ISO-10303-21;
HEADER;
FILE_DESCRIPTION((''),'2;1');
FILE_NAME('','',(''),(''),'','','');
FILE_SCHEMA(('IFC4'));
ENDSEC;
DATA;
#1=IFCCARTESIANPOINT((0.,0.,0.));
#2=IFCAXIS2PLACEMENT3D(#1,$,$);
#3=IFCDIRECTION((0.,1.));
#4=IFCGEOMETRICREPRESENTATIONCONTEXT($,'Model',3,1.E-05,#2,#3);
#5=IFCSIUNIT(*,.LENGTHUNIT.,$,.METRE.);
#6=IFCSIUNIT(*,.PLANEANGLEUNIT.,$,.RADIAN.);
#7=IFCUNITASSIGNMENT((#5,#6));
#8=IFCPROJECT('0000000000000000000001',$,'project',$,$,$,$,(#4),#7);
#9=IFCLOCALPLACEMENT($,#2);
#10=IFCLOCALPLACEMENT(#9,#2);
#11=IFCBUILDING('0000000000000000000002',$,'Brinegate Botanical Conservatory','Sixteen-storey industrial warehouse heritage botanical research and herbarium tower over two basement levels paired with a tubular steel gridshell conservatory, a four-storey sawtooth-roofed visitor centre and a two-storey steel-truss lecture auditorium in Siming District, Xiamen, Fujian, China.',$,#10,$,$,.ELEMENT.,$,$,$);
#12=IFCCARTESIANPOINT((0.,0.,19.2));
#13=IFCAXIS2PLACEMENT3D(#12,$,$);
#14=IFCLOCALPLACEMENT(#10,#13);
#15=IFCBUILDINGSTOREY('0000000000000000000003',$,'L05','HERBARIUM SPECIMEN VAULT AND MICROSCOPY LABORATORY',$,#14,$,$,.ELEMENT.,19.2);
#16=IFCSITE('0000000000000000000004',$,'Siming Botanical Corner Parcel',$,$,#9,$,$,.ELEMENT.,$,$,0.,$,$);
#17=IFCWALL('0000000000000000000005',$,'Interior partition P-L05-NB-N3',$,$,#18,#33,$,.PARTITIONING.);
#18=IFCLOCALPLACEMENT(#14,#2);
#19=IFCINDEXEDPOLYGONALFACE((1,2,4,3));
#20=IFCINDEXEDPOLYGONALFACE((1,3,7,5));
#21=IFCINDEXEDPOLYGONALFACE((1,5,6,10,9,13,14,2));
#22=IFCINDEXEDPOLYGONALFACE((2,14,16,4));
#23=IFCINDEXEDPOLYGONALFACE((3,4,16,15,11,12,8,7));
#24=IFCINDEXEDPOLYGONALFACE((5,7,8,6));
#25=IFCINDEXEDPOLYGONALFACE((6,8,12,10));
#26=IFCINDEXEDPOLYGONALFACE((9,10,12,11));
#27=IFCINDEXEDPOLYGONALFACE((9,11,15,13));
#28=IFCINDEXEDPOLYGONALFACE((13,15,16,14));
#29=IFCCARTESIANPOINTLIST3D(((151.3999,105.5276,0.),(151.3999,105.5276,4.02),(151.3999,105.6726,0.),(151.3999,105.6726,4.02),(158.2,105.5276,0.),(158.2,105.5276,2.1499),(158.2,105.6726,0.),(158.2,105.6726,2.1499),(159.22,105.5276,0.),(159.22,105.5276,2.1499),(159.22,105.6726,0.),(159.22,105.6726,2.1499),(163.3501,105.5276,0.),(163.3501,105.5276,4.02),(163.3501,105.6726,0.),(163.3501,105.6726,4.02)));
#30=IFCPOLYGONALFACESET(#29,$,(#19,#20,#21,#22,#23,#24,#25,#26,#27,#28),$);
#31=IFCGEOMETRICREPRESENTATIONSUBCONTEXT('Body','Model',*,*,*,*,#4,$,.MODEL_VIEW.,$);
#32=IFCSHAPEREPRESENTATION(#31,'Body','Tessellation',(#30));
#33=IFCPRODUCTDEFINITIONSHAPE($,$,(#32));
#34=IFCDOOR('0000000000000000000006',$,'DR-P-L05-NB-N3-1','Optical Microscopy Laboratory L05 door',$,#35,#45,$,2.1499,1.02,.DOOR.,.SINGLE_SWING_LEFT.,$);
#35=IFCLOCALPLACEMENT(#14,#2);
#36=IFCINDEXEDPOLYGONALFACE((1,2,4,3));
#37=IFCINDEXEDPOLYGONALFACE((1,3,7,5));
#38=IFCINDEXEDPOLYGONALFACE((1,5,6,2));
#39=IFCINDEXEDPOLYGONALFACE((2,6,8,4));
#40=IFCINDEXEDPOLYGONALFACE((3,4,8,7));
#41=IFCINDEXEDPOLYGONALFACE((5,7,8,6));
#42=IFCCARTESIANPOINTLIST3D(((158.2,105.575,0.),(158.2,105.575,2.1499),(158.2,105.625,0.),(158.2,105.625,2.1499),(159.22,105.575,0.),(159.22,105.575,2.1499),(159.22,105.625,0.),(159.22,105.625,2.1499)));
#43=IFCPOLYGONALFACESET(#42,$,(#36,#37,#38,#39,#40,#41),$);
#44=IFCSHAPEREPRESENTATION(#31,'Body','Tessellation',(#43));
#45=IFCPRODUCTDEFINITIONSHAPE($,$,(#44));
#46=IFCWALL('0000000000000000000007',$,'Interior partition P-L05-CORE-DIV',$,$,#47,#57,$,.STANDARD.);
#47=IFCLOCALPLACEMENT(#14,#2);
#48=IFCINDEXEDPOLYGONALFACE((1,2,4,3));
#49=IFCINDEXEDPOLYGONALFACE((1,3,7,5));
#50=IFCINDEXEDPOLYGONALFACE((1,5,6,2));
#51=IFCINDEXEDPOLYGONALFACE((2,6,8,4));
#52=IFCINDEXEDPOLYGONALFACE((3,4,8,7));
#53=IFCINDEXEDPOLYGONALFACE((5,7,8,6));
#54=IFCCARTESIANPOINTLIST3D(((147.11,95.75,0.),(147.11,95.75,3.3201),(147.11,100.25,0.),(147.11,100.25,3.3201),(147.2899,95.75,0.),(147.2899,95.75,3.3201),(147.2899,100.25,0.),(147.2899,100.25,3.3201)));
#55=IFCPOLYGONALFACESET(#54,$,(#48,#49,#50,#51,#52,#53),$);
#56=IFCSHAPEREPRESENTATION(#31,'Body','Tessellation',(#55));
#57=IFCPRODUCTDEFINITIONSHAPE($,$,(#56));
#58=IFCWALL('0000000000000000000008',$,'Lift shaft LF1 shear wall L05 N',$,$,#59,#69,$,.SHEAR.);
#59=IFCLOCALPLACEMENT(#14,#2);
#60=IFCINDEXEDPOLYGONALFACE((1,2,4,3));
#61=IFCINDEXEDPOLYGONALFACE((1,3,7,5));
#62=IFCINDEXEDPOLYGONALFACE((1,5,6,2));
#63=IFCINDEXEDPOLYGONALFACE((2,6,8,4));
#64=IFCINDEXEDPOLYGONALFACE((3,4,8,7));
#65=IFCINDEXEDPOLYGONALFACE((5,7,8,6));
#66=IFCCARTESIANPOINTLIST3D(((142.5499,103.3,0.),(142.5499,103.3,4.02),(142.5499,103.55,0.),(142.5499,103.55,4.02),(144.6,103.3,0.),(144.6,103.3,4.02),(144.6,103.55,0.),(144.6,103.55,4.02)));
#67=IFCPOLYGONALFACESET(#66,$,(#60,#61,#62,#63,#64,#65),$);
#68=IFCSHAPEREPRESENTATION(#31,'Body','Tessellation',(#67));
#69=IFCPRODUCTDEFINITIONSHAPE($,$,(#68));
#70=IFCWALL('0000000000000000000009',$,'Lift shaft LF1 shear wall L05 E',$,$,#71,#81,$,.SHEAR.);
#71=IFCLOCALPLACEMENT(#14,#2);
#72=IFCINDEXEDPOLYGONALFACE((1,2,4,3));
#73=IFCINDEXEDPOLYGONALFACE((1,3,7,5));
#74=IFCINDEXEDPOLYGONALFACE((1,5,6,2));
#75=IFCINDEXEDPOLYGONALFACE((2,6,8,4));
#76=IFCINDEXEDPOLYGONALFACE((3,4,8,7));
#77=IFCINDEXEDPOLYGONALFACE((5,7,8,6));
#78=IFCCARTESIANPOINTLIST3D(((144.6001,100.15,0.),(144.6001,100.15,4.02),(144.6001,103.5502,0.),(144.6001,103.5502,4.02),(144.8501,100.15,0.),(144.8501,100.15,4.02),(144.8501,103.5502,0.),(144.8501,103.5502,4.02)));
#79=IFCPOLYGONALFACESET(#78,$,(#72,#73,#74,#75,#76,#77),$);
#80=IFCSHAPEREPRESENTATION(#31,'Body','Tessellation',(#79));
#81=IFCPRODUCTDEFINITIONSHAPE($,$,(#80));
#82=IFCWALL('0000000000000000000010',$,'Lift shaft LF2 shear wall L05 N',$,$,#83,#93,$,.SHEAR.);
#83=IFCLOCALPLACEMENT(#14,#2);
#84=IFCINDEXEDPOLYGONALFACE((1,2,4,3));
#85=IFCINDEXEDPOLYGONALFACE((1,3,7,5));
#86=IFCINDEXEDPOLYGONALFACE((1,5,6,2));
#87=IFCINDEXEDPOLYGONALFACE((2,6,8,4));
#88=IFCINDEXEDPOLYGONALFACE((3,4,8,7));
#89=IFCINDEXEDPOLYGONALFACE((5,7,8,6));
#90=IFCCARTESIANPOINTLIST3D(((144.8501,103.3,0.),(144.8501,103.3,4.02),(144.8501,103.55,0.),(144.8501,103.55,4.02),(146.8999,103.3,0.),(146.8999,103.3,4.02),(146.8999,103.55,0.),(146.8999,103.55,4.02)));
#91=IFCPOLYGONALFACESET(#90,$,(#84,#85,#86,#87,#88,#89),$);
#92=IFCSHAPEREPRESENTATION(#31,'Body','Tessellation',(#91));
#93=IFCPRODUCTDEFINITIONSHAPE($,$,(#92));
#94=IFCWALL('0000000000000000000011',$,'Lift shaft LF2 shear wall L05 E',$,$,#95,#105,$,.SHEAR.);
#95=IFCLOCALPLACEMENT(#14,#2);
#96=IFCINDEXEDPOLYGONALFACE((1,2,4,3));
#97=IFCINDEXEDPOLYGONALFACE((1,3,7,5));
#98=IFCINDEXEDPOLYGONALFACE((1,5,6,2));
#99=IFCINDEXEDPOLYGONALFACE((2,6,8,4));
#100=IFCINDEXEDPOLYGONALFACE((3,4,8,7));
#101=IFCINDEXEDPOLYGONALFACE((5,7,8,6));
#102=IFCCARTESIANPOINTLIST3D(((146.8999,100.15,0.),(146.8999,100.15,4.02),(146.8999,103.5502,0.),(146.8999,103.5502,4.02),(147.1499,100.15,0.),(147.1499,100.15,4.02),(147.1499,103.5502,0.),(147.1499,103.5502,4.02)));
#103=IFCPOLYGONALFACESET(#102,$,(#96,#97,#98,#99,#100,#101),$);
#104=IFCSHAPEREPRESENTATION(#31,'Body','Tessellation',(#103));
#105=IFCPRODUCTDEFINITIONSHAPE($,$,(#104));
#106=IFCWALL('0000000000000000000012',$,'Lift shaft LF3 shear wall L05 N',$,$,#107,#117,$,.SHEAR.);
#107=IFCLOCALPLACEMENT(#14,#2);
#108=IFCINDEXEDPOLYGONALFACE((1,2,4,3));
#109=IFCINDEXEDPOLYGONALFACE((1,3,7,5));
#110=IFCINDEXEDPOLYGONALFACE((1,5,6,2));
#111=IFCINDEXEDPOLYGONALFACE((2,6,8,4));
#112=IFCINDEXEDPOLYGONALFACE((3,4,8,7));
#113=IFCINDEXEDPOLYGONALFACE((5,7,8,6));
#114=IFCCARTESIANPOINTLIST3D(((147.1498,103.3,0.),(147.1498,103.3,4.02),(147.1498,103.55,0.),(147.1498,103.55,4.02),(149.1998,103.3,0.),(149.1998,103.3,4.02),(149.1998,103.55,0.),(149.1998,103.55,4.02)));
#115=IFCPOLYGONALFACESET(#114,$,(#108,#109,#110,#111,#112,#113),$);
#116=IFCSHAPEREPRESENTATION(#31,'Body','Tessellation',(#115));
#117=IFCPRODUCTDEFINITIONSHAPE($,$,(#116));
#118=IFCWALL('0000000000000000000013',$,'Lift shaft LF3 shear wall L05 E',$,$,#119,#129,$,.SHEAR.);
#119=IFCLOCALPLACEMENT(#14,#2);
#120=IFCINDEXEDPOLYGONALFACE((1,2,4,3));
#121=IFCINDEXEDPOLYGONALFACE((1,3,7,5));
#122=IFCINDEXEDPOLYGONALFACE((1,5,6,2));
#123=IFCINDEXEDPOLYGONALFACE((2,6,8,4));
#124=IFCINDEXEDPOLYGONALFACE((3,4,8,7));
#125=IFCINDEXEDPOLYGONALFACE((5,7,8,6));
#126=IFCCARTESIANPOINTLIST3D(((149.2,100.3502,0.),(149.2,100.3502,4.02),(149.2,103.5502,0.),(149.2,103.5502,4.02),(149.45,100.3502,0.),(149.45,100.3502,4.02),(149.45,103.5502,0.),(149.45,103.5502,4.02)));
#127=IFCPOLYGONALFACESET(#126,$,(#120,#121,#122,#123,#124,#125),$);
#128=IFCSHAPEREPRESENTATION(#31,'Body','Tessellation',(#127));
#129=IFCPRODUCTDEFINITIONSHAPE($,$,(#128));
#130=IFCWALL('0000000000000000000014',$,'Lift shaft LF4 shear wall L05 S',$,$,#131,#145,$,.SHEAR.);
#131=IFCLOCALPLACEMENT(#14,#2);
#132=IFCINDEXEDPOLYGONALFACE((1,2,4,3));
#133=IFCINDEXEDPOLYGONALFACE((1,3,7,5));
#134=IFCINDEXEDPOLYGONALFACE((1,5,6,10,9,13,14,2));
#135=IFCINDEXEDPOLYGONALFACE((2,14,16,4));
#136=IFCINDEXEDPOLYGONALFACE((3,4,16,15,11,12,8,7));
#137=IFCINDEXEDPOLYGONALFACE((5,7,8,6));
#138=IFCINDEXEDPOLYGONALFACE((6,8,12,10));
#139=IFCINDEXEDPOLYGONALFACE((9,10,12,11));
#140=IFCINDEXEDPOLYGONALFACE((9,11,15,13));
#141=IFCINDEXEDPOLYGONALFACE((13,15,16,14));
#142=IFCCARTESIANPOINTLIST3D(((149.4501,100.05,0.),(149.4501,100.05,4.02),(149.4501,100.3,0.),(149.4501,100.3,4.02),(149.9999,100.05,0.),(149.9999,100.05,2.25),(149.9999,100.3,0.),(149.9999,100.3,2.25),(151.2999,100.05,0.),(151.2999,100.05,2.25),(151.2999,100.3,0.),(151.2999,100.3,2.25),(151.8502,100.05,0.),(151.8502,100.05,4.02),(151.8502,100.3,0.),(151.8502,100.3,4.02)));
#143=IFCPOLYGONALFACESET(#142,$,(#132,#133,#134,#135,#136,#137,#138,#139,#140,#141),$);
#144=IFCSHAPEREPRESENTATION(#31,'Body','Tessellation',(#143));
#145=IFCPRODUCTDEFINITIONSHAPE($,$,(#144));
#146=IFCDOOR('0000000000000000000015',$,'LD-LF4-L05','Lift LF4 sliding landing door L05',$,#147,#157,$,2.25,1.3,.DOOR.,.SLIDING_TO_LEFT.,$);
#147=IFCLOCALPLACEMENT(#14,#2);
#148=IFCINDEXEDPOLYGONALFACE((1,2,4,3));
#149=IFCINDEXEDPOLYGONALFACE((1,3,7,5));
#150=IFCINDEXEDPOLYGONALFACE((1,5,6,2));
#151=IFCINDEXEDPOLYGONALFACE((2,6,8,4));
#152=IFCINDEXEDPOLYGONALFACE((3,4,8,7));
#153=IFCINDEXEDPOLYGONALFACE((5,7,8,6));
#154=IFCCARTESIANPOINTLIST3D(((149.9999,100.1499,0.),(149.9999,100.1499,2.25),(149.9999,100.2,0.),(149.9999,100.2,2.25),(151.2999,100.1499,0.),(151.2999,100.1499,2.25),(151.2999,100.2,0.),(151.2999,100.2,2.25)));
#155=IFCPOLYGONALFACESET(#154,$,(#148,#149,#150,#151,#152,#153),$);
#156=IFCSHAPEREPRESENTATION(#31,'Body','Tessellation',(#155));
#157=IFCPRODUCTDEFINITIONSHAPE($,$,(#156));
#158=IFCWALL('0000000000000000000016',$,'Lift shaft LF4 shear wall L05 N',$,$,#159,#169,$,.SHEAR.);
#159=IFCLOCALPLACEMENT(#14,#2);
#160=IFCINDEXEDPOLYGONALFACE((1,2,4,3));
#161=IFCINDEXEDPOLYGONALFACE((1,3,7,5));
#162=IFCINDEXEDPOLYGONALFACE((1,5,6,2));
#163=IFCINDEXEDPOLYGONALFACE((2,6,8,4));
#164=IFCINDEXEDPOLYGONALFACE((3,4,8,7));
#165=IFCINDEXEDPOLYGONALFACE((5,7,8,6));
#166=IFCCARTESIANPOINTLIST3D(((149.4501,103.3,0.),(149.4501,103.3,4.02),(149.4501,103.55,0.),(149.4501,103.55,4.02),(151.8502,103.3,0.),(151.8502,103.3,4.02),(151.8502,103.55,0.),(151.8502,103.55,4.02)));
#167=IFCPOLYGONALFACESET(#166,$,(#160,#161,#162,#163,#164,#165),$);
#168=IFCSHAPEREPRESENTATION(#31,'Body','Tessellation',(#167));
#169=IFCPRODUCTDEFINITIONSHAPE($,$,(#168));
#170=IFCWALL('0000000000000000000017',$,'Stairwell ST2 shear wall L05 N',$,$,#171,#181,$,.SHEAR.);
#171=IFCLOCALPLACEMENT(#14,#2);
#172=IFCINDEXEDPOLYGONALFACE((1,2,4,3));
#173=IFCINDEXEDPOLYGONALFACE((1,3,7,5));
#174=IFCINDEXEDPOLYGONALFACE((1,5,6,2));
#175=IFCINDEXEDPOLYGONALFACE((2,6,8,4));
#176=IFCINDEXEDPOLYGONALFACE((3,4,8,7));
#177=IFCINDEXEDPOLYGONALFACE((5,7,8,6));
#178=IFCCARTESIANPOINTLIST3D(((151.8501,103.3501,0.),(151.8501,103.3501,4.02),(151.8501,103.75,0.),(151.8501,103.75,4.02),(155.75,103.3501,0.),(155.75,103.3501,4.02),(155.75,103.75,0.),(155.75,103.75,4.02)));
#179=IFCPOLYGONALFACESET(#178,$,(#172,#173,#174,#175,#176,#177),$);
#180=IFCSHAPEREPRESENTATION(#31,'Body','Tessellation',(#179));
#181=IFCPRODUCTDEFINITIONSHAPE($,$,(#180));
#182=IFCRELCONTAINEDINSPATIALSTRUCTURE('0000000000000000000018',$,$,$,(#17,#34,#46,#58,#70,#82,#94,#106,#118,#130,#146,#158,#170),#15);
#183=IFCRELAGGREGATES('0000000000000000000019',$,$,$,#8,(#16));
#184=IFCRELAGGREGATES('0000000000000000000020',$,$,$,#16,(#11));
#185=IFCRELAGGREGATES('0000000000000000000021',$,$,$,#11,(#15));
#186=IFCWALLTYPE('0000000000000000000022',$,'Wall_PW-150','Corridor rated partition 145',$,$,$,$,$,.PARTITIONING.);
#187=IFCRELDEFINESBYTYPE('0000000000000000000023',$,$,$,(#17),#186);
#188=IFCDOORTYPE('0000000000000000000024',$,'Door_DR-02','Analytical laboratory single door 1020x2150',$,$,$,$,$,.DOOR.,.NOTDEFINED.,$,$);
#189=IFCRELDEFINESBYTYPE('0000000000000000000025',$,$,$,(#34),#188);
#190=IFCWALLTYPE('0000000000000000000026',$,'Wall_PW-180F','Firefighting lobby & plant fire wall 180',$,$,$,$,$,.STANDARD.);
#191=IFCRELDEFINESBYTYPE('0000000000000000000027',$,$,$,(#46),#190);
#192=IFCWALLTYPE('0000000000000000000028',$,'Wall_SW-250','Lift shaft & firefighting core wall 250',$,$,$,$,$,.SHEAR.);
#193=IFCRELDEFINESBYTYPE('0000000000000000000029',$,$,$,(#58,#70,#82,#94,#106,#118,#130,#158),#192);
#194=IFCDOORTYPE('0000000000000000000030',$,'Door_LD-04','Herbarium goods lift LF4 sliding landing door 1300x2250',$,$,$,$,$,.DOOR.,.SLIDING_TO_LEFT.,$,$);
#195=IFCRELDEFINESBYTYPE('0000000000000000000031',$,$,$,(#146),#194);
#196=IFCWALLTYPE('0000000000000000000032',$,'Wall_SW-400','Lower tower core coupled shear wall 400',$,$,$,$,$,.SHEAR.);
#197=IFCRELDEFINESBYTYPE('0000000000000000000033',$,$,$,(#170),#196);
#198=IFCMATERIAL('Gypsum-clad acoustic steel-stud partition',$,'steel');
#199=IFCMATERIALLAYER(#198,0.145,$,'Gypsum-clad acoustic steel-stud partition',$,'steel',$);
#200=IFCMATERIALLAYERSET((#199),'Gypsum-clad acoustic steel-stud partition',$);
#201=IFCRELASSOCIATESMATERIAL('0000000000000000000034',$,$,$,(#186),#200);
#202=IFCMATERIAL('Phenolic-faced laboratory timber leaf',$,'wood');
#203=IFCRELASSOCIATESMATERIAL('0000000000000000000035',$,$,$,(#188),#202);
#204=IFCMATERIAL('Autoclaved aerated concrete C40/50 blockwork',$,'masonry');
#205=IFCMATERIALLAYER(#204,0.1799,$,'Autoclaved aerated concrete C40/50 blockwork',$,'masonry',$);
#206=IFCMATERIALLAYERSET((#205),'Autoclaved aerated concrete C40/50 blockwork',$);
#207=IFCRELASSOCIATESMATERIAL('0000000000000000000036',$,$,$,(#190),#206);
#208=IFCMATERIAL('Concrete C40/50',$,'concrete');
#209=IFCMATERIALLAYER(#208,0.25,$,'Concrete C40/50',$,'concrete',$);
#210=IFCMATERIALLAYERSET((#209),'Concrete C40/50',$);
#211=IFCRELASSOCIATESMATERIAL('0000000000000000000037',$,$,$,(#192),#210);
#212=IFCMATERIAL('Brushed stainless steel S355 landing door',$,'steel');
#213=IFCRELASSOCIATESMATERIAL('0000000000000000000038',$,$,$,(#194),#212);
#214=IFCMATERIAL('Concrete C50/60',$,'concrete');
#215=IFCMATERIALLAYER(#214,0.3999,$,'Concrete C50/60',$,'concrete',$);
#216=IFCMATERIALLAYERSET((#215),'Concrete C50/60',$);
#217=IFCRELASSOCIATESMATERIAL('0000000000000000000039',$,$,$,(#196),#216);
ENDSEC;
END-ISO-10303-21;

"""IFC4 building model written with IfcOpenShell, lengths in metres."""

from ifc_helpers import new_model, si_unit, direction, frame, frame_2d, origin, place, context, subcontext, project, spatial, rectangle, extrude, material, layer, layer_set, type_object, element, fill, save


model = new_model("IFC4")

# Units and contexts
model_context = context("Model", 3, precision=1e-05, world=origin(), true_north=direction((0.0, 1.0)))
body_context = subcontext(model_context, "Body", "Model", "MODEL_VIEW")
ifc_project = project(units=[si_unit("LENGTHUNIT", "METRE"), si_unit("PLANEANGLEUNIT", "RADIAN")], contexts=[model_context])

# Site, building, storey
site_placement = place(None, origin())
site = spatial("IfcSite", under=ifc_project, at=site_placement, Name="Siming Botanical Corner Parcel", CompositionType="ELEMENT", RefElevation=0.0)
building_placement = place(site_placement, origin())
building = spatial("IfcBuilding", under=site, at=building_placement, Name="Brinegate Botanical Conservatory", Description="Sixteen-storey industrial warehouse heritage botanical research and herbarium tower over two basement levels paired with a tubular steel gridshell conservatory, a four-storey sawtooth-roofed visitor centre and a two-storey steel-truss lecture auditorium in Siming District, Xiamen, Fujian, China.", CompositionType="ELEMENT")
storey_placement = place(building_placement, frame((0.0, 0.0, 19.2)))
storey = spatial("IfcBuildingStorey", under=building, at=storey_placement, Name="L05", Description="HERBARIUM SPECIMEN VAULT AND MICROSCOPY LABORATORY", CompositionType="ELEMENT", Elevation=19.2)

# Shared definitions
ifc_material_1 = material(Name="Concrete C50/60", Category="concrete")

# Shared definitions
ifc_material_2 = material(Name="Concrete C40/50", Category="concrete")

# Wall, opening, door
ifc_material_3 = material(Name="Gypsum-clad acoustic steel-stud partition", Category="steel")
ifc_layer_1 = layer(ifc_material_3, 0.145, Name="Gypsum-clad acoustic steel-stud partition", Category="steel")
ifc_layer_set_1 = layer_set([ifc_layer_1], Name="Gypsum-clad acoustic steel-stud partition")
wall_type_1 = type_object("IfcWallType", Name="Wall_PW-150", Description="Corridor rated partition 145", PredefinedType="PARTITIONING", material=ifc_layer_set_1)
wall_1_placement = place(storey_placement, frame((151.3999, 105.6001, 0.0), z_axis=(0.0, 0.0, 1.0), x_axis=(1.0, 0.0, 0.0)))
wall_1 = element("IfcWall", 1, at=wall_1_placement, inside=storey, type_object=wall_type_1, Name="Interior partition P-L05-NB-N3", PredefinedType="PARTITIONING", context=body_context, shape_type="SweptSolid", body=[
    extrude(rectangle(XDim=11.9502, YDim=0.145, at=frame_2d((5.9751, 0.0))), origin(), (0.0, 0.0, 1.0), 4.02),
])
opening_1_placement = place(wall_1_placement, frame((6.8, 0.0, 0.0)))
opening_1 = element("IfcOpeningElement", 2, at=opening_1_placement, cuts=wall_1, PredefinedType="OPENING", context=body_context, shape_type="SweptSolid", body=[
    extrude(rectangle(XDim=1.02, YDim=2.1499, at=frame_2d((0.51, 1.075))), frame((0.0, 0.0825, 0.0), z_axis=(0.0, -1.0, 0.0), x_axis=(1.0, 0.0, 0.0)), (0.0, 0.0, 1.0), 0.165),
])
ifc_material_4 = material(Name="Phenolic-faced laboratory timber leaf", Category="wood")
door_type_1 = type_object("IfcDoorType", Name="Door_DR-02", Description="Analytical laboratory single door 1020x2150", OperationType="NOTDEFINED", PredefinedType="DOOR", material=ifc_material_4)
door_1_placement = place(opening_1_placement, origin())
door_1 = element("IfcDoor", 3, at=door_1_placement, inside=storey, type_object=door_type_1, Name="DR-P-L05-NB-N3-1", Description="Optical Microscopy Laboratory L05 door", OperationType="SINGLE_SWING_LEFT", OverallHeight=2.1499, OverallWidth=1.02, PredefinedType="DOOR", context=body_context, shape_type="SweptSolid", body=[
    extrude(rectangle(XDim=1.02, YDim=2.1499, at=frame_2d((0.51, 1.075))), frame((0.0, 0.0249, 0.0), z_axis=(0.0, -1.0, 0.0), x_axis=(1.0, 0.0, 0.0)), (0.0, 0.0, 1.0), 0.05),
])
fill(opening_1, door_1)

# Wall
ifc_material_5 = material(Name="Autoclaved aerated concrete C40/50 blockwork", Category="masonry")
ifc_layer_2 = layer(ifc_material_5, 0.1799, Name="Autoclaved aerated concrete C40/50 blockwork", Category="masonry")
ifc_layer_set_2 = layer_set([ifc_layer_2], Name="Autoclaved aerated concrete C40/50 blockwork")
wall_type_2 = type_object("IfcWallType", Name="Wall_PW-180F", Description="Firefighting lobby & plant fire wall 180", PredefinedType="STANDARD", material=ifc_layer_set_2)
wall_2_placement = place(storey_placement, frame((147.2, 95.75, 0.0), z_axis=(0.0, 0.0, 1.0), x_axis=(0.0, 1.0, 0.0)))
element("IfcWall", 4, at=wall_2_placement, inside=storey, type_object=wall_type_2, Name="Interior partition P-L05-CORE-DIV", PredefinedType="STANDARD", context=body_context, shape_type="SweptSolid", body=[
    extrude(rectangle(XDim=4.5, YDim=0.1799, at=frame_2d((2.25, 0.0))), origin(), (0.0, 0.0, 1.0), 3.3201),
])

# Shared definitions
ifc_layer_3 = layer(ifc_material_2, 0.25, Name="Concrete C40/50", Category="concrete")
ifc_layer_set_3 = layer_set([ifc_layer_3], Name="Concrete C40/50")
wall_type_3 = type_object("IfcWallType", Name="Wall_SW-250", Description="Lift shaft & firefighting core wall 250", PredefinedType="SHEAR", material=ifc_layer_set_3)
ifc_material_6 = material(Name="Brushed stainless steel S355 landing door", Category="steel")

# Walls
wall_3_placement = place(storey_placement, frame((142.55, 103.425, 0.0), z_axis=(0.0, 0.0, 1.0), x_axis=(1.0, 0.0, 0.0)))
element("IfcWall", 5, at=wall_3_placement, inside=storey, type_object=wall_type_3, Name="Lift shaft LF1 shear wall L05 N", PredefinedType="SHEAR", context=body_context, shape_type="SweptSolid", body=[
    extrude(rectangle(XDim=2.05, YDim=0.25, at=frame_2d((1.0249, 0.0))), origin(), (0.0, 0.0, 1.0), 4.02),
])
wall_4_placement = place(storey_placement, frame((144.7251, 100.1499, 0.0), z_axis=(0.0, 0.0, 1.0), x_axis=(0.0, 1.0, 0.0)))
element("IfcWall", 6, at=wall_4_placement, inside=storey, type_object=wall_type_3, Name="Lift shaft LF1 shear wall L05 E", PredefinedType="SHEAR", context=body_context, shape_type="SweptSolid", body=[
    extrude(rectangle(XDim=3.4001, YDim=0.25, at=frame_2d((1.7002, 0.0))), origin(), (0.0, 0.0, 1.0), 4.02),
])

# Walls
wall_5_placement = place(storey_placement, frame((144.8501, 103.425, 0.0), z_axis=(0.0, 0.0, 1.0), x_axis=(1.0, 0.0, 0.0)))
element("IfcWall", 7, at=wall_5_placement, inside=storey, type_object=wall_type_3, Name="Lift shaft LF2 shear wall L05 N", PredefinedType="SHEAR", context=body_context, shape_type="SweptSolid", body=[
    extrude(rectangle(XDim=2.0498, YDim=0.25, at=frame_2d((1.0249, 0.0))), origin(), (0.0, 0.0, 1.0), 4.02),
])
wall_6_placement = place(storey_placement, frame((147.0249, 100.1499, 0.0), z_axis=(0.0, 0.0, 1.0), x_axis=(0.0, 1.0, 0.0)))
element("IfcWall", 8, at=wall_6_placement, inside=storey, type_object=wall_type_3, Name="Lift shaft LF2 shear wall L05 E", PredefinedType="SHEAR", context=body_context, shape_type="SweptSolid", body=[
    extrude(rectangle(XDim=3.4001, YDim=0.25, at=frame_2d((1.7002, 0.0))), origin(), (0.0, 0.0, 1.0), 4.02),
])

# Walls
wall_7_placement = place(storey_placement, frame((147.1499, 103.425, 0.0), z_axis=(0.0, 0.0, 1.0), x_axis=(1.0, 0.0, 0.0)))
element("IfcWall", 9, at=wall_7_placement, inside=storey, type_object=wall_type_3, Name="Lift shaft LF3 shear wall L05 N", PredefinedType="SHEAR", context=body_context, shape_type="SweptSolid", body=[
    extrude(rectangle(XDim=2.05, YDim=0.25, at=frame_2d((1.0249, 0.0))), origin(), (0.0, 0.0, 1.0), 4.02),
])
wall_8_placement = place(storey_placement, frame((149.325, 100.3501, 0.0), z_axis=(0.0, 0.0, 1.0), x_axis=(0.0, 1.0, 0.0)))
element("IfcWall", 10, at=wall_8_placement, inside=storey, type_object=wall_type_3, Name="Lift shaft LF3 shear wall L05 E", PredefinedType="SHEAR", context=body_context, shape_type="SweptSolid", body=[
    extrude(rectangle(XDim=3.2, YDim=0.25, at=frame_2d((1.6001, 0.0))), origin(), (0.0, 0.0, 1.0), 4.02),
])

# Wall, opening, door
wall_9_placement = place(storey_placement, frame((149.45, 100.175, 0.0), z_axis=(0.0, 0.0, 1.0), x_axis=(1.0, 0.0, 0.0)))
wall_9 = element("IfcWall", 11, at=wall_9_placement, inside=storey, type_object=wall_type_3, Name="Lift shaft LF4 shear wall L05 S", PredefinedType="SHEAR", context=body_context, shape_type="SweptSolid", body=[
    extrude(rectangle(XDim=2.4001, YDim=0.25, at=frame_2d((1.2002, 0.0))), origin(), (0.0, 0.0, 1.0), 4.02),
])
opening_2_placement = place(wall_9_placement, frame((0.55, 0.0, 0.0)))
opening_2 = element("IfcOpeningElement", 12, at=opening_2_placement, cuts=wall_9, PredefinedType="OPENING", context=body_context, shape_type="SweptSolid", body=[
    extrude(rectangle(XDim=1.3, YDim=2.25, at=frame_2d((0.6499, 1.125))), frame((0.0, 0.135, 0.0), z_axis=(0.0, -1.0, 0.0), x_axis=(1.0, 0.0, 0.0)), (0.0, 0.0, 1.0), 0.27),
])
door_type_2 = type_object("IfcDoorType", Name="Door_LD-04", Description="Herbarium goods lift LF4 sliding landing door 1300x2250", OperationType="SLIDING_TO_LEFT", PredefinedType="DOOR", material=ifc_material_6)
door_2_placement = place(opening_2_placement, origin())
door_2 = element("IfcDoor", 13, at=door_2_placement, inside=storey, type_object=door_type_2, Name="LD-LF4-L05", Description="Lift LF4 sliding landing door L05", OperationType="SLIDING_TO_LEFT", OverallHeight=2.25, OverallWidth=1.3, PredefinedType="DOOR", context=body_context, shape_type="SweptSolid", body=[
    extrude(rectangle(XDim=1.3, YDim=2.25, at=frame_2d((0.6499, 1.125))), frame((0.0, 0.0249, 0.0), z_axis=(0.0, -1.0, 0.0), x_axis=(1.0, 0.0, 0.0)), (0.0, 0.0, 1.0), 0.05),
])
fill(opening_2, door_2)

# Walls
wall_10_placement = place(storey_placement, frame((149.45, 103.425, 0.0), z_axis=(0.0, 0.0, 1.0), x_axis=(1.0, 0.0, 0.0)))
element("IfcWall", 14, at=wall_10_placement, inside=storey, type_object=wall_type_3, Name="Lift shaft LF4 shear wall L05 N", PredefinedType="SHEAR", context=body_context, shape_type="SweptSolid", body=[
    extrude(rectangle(XDim=2.4001, YDim=0.25, at=frame_2d((1.2002, 0.0))), origin(), (0.0, 0.0, 1.0), 4.02),
])
ifc_layer_4 = layer(ifc_material_1, 0.3999, Name="Concrete C50/60", Category="concrete")
ifc_layer_set_4 = layer_set([ifc_layer_4], Name="Concrete C50/60")
wall_type_4 = type_object("IfcWallType", Name="Wall_SW-400", Description="Lower tower core coupled shear wall 400", PredefinedType="SHEAR", material=ifc_layer_set_4)
wall_11_placement = place(storey_placement, frame((151.8501, 103.55, 0.0), z_axis=(0.0, 0.0, 1.0), x_axis=(1.0, 0.0, 0.0)))
element("IfcWall", 15, at=wall_11_placement, inside=storey, type_object=wall_type_4, Name="Stairwell ST2 shear wall L05 N", PredefinedType="SHEAR", context=body_context, shape_type="SweptSolid", body=[
    extrude(rectangle(XDim=3.8999, YDim=0.3999, at=frame_2d((1.95, 0.0))), origin(), (0.0, 0.0, 1.0), 4.02),
])

save(model, "model.ifc")
